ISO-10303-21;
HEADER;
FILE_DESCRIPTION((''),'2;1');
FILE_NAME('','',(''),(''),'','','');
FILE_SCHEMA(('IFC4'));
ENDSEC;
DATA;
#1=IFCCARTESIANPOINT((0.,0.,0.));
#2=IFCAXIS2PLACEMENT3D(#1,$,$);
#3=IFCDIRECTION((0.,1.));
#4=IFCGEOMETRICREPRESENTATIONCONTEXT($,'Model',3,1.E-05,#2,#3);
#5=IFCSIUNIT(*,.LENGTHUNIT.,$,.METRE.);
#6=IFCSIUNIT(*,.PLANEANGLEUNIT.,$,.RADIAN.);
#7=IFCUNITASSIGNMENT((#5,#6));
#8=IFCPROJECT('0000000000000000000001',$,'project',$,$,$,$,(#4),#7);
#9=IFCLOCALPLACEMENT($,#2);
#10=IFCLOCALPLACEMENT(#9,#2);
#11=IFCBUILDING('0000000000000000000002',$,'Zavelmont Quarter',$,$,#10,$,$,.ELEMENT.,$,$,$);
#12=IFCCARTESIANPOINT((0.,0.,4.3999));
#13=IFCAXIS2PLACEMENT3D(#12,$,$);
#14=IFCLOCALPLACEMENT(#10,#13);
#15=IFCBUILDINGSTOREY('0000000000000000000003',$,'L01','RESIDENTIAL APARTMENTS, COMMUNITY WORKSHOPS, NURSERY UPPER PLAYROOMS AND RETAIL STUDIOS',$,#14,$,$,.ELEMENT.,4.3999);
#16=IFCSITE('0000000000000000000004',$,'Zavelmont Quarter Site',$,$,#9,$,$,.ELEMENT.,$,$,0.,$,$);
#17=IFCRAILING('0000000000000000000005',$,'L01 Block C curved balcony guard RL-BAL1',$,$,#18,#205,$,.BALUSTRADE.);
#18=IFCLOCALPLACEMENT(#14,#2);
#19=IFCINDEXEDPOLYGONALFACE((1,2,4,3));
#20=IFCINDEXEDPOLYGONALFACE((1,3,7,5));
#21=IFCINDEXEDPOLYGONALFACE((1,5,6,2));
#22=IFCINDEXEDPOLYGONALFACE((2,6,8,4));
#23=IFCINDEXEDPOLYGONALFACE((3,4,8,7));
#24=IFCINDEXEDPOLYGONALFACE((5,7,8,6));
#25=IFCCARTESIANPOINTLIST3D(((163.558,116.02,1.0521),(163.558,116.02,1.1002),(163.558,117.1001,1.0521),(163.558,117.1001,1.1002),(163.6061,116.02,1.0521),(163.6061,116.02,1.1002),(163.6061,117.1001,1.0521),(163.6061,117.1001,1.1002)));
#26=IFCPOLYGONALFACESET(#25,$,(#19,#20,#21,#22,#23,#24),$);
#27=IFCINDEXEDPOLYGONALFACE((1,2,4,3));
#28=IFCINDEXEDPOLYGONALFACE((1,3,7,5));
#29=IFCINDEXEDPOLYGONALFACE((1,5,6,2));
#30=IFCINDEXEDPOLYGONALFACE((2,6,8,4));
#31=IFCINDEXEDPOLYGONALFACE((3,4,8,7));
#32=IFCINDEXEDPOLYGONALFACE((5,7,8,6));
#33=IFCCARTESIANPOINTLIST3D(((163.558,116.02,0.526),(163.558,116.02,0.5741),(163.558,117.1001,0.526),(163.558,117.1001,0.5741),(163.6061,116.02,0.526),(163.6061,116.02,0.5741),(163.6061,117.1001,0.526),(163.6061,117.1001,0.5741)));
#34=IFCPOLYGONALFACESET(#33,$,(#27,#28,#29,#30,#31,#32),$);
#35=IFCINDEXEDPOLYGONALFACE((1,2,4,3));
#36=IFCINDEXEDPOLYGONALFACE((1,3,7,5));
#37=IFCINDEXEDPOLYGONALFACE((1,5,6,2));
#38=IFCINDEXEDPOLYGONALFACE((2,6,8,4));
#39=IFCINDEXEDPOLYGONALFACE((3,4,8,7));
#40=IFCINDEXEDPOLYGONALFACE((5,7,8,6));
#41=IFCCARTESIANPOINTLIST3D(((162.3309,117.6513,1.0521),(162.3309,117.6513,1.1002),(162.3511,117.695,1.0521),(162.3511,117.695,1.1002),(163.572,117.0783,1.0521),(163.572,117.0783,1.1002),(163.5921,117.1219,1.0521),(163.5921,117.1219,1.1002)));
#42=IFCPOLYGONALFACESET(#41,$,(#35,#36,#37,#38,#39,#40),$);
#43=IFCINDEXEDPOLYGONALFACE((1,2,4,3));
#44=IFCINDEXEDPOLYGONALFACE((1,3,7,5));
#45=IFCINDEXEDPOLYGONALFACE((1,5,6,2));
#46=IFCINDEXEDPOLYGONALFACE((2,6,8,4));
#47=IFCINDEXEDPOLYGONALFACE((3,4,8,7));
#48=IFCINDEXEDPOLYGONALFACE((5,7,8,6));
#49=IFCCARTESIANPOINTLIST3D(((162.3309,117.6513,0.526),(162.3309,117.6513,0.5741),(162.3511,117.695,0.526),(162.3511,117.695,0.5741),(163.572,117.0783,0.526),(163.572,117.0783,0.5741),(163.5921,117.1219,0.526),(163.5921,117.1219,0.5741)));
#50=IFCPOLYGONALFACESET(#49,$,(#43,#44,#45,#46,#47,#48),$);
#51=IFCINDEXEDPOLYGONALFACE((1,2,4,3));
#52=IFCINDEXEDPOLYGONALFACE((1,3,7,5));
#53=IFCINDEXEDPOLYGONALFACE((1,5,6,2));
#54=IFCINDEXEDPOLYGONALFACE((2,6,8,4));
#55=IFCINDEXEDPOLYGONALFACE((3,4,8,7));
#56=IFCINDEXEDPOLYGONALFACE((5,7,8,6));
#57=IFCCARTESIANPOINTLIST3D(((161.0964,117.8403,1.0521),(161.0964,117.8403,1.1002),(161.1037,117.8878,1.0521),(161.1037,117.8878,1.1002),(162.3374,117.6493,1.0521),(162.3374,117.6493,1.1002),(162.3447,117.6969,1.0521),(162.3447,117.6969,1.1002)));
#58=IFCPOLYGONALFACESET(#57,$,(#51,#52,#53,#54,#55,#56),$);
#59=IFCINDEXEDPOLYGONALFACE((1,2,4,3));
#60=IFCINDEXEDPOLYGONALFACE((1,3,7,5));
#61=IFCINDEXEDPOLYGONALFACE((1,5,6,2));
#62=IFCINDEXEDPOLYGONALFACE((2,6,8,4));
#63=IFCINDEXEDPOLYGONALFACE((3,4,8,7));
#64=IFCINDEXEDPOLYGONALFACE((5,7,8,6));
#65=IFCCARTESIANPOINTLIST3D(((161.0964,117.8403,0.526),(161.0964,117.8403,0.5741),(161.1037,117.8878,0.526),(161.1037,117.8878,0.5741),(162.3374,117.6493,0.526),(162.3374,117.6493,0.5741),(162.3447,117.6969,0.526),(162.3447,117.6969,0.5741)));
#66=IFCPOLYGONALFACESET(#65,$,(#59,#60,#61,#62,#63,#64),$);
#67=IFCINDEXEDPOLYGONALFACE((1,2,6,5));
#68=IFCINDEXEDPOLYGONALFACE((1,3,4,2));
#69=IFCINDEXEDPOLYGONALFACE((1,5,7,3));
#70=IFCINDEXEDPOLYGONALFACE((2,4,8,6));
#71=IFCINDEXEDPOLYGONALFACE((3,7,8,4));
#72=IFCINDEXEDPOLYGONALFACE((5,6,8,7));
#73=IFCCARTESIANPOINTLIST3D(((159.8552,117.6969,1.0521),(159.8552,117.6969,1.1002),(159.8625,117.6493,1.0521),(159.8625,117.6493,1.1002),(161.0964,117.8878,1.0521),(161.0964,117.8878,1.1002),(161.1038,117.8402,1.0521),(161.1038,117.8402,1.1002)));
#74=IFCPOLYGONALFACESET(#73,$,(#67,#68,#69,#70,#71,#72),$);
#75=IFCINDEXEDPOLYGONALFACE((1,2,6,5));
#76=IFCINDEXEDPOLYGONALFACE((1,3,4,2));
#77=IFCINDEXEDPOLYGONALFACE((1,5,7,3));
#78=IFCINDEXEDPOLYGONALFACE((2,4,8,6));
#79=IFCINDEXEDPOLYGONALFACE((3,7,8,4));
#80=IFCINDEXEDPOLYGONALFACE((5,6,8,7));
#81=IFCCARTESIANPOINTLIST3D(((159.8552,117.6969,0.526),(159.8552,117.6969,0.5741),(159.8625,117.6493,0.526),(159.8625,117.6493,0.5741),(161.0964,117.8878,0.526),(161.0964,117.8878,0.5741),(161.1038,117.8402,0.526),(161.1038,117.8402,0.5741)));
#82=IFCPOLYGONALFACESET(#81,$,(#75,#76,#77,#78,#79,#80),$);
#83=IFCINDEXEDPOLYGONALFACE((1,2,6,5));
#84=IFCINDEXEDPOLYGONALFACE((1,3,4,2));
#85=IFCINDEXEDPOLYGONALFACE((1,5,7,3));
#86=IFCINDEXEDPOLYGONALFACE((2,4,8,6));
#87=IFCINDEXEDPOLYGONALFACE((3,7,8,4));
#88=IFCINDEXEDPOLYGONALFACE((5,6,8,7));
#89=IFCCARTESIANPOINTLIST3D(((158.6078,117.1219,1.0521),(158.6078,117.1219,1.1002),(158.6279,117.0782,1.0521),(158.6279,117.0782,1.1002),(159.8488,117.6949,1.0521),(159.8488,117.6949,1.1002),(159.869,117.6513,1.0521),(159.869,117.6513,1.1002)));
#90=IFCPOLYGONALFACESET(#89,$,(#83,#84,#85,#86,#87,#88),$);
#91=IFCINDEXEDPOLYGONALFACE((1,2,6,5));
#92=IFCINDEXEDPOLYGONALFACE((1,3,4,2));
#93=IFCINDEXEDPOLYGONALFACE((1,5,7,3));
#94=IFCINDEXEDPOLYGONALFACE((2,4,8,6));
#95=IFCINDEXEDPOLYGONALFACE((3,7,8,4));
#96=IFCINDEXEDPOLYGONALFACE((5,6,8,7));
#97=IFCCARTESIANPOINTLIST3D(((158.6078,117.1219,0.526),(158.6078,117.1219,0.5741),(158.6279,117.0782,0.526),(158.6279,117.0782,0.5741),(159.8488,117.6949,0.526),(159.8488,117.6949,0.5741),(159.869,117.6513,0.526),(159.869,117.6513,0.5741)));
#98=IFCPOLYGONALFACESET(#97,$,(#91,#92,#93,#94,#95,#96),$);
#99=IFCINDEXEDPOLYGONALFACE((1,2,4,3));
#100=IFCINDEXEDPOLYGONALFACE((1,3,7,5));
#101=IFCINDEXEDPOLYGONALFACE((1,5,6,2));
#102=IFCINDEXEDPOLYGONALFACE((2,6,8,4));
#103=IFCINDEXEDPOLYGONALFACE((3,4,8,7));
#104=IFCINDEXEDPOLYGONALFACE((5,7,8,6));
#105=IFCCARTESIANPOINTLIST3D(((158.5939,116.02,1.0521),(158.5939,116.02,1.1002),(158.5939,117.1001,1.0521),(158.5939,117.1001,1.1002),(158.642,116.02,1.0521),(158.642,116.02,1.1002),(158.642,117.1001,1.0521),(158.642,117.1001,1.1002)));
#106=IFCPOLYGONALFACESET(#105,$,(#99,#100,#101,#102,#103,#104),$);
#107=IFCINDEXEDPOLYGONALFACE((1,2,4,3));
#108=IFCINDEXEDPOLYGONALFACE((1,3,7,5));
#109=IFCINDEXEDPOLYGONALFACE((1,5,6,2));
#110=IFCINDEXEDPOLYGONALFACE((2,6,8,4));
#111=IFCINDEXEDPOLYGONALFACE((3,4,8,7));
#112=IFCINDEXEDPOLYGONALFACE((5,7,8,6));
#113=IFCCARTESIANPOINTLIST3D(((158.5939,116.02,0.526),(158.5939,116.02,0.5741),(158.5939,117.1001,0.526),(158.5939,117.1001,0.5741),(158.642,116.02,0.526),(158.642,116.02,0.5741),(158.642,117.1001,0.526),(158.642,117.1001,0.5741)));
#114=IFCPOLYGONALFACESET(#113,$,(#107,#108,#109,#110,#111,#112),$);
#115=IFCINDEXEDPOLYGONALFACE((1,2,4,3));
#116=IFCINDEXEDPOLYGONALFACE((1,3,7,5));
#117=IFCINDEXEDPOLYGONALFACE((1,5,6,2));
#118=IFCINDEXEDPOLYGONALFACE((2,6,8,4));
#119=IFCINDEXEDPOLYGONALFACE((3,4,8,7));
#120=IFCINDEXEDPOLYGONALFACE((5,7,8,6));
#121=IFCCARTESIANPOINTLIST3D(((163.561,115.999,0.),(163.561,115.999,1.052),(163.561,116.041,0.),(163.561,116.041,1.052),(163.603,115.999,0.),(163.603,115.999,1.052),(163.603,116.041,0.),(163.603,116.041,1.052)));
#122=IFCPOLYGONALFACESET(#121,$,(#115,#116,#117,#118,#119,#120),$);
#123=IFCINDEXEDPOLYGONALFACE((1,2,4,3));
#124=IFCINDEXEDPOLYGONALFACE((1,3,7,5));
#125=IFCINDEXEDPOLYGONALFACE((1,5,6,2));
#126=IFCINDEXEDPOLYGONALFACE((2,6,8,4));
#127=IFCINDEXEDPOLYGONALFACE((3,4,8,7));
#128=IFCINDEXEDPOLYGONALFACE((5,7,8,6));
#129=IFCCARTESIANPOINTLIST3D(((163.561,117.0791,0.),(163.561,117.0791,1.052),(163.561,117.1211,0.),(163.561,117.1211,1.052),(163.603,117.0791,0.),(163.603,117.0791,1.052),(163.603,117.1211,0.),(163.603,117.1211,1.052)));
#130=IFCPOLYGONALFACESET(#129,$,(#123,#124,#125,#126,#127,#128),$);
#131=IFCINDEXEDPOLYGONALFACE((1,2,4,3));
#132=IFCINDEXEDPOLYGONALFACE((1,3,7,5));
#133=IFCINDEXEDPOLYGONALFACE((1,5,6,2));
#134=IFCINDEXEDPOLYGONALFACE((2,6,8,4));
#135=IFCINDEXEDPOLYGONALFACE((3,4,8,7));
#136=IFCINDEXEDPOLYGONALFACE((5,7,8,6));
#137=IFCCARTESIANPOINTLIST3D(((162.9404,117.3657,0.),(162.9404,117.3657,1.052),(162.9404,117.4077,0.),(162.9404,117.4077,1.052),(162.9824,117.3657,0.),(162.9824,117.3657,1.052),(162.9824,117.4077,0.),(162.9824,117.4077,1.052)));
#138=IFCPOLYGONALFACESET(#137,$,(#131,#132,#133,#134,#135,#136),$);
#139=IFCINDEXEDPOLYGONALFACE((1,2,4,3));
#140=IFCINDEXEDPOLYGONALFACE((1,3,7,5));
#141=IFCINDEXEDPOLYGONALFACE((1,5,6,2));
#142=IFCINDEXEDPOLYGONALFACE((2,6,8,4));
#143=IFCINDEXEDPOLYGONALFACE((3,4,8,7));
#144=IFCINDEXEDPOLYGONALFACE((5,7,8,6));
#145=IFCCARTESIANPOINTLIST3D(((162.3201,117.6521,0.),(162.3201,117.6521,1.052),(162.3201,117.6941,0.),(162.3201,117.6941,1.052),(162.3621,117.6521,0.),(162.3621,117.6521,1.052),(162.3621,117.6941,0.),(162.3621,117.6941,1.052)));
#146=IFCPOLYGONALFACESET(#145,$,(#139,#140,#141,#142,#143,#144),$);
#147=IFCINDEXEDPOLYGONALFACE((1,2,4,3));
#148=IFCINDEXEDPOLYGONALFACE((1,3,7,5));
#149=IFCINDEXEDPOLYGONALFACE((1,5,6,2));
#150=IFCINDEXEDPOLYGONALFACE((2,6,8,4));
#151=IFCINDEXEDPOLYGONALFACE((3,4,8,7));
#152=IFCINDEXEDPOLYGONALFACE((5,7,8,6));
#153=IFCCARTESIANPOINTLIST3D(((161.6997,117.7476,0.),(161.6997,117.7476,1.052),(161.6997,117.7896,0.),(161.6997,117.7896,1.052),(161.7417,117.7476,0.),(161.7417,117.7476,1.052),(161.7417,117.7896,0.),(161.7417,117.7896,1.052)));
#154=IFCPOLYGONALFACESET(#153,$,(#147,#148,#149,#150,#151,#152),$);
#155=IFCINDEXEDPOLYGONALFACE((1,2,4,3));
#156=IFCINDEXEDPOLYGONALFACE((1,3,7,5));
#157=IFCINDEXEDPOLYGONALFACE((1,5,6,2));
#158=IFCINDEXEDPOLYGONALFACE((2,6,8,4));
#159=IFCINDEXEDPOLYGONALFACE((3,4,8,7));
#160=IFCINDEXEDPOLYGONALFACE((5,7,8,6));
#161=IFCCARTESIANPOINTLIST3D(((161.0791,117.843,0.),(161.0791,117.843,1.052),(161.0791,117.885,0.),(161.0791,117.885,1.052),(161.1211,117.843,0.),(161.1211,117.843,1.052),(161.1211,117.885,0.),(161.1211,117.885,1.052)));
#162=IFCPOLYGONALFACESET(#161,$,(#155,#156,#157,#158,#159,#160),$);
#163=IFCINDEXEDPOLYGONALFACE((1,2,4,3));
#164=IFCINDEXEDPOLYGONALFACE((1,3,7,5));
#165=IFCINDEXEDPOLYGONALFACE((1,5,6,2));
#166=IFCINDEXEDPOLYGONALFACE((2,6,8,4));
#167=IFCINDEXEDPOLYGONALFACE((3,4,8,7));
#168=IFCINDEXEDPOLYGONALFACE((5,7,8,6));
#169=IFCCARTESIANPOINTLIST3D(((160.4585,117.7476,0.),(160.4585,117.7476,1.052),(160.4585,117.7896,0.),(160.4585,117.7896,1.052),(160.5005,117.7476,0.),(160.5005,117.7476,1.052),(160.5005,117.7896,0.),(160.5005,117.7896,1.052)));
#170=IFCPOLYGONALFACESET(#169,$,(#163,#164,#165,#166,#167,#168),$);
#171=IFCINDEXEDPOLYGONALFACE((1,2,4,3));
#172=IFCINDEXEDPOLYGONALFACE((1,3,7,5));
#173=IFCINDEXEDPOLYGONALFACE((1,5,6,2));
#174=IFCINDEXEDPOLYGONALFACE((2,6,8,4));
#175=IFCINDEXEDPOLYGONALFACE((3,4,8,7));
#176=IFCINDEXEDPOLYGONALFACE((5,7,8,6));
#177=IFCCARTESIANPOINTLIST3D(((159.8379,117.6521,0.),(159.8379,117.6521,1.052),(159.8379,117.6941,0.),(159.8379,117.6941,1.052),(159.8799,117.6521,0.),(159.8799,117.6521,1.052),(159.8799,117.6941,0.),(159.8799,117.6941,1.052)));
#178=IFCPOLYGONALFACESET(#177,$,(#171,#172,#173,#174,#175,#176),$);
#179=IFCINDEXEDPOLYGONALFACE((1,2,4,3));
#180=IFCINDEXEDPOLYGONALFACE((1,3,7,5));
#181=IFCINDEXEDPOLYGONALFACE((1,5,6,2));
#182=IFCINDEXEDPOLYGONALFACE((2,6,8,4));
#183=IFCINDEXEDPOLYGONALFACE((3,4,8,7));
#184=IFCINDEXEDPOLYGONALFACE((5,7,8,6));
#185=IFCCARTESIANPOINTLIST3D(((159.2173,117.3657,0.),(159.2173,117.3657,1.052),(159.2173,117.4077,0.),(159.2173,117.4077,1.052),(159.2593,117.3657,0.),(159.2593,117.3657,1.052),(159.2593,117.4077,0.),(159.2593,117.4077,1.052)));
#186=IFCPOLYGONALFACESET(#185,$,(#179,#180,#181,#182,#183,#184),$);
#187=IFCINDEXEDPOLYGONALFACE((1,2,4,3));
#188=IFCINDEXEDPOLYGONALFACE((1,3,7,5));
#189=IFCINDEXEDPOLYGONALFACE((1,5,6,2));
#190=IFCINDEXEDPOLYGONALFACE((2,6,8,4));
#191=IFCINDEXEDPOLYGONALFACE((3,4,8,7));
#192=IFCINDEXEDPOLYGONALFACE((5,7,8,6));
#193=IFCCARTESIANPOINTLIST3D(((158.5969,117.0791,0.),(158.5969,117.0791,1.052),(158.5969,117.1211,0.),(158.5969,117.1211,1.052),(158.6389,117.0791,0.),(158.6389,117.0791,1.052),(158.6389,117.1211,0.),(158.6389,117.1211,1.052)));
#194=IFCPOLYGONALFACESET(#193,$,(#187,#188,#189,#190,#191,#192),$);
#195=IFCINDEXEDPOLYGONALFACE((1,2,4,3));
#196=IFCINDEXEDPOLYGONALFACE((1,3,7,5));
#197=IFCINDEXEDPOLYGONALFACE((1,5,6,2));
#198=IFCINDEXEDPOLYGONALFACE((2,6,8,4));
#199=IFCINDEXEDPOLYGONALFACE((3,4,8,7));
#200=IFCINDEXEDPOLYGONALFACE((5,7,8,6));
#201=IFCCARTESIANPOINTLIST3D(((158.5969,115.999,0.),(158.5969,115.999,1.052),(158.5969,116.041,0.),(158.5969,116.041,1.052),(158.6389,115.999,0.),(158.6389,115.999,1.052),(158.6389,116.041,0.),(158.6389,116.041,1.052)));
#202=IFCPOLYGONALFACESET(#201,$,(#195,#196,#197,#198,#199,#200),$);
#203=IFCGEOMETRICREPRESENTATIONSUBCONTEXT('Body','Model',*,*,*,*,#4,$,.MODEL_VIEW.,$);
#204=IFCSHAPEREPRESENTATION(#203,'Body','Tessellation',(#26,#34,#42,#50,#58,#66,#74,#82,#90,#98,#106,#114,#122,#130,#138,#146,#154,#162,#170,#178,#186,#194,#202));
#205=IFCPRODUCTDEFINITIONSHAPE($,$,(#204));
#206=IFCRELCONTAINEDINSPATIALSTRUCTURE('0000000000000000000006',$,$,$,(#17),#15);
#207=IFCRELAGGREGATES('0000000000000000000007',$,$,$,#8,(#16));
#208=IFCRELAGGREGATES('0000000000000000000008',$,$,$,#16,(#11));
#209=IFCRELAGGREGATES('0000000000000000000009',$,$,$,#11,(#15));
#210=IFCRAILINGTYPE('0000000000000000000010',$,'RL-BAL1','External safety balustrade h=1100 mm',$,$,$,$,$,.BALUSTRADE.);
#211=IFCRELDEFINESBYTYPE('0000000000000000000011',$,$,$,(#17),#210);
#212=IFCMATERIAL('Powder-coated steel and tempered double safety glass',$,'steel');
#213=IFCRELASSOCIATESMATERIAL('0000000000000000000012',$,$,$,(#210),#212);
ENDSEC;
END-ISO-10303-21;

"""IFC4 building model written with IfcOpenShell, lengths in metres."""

from ifc_helpers import new_model, si_unit, direction, frame, origin, origin_2d, place, context, subcontext, project, spatial, rectangle, extrude, material, type_object, element, save


model = new_model("IFC4")

# Units and contexts
model_context = context("Model", 3, precision=1e-05, world=origin(), true_north=direction((0.0, 1.0)))
body_context = subcontext(model_context, "Body", "Model", "MODEL_VIEW")
ifc_project = project(units=[si_unit("LENGTHUNIT", "METRE"), si_unit("PLANEANGLEUNIT", "RADIAN")], contexts=[model_context])

# Site, building, storey
site_placement = place(None, origin())
site = spatial("IfcSite", under=ifc_project, at=site_placement, Name="Zavelmont Quarter Site", CompositionType="ELEMENT", RefElevation=0.0)
building_placement = place(site_placement, origin())
building = spatial("IfcBuilding", under=site, at=building_placement, Name="Zavelmont Quarter", CompositionType="ELEMENT")
storey_placement = place(building_placement, frame((0.0, 0.0, 4.3999)))
storey = spatial("IfcBuildingStorey", under=building, at=storey_placement, Name="L01", Description="RESIDENTIAL APARTMENTS, COMMUNITY WORKSHOPS, NURSERY UPPER PLAYROOMS AND RETAIL STUDIOS", CompositionType="ELEMENT", Elevation=4.3999)

# Railing
ifc_material_1 = material(Name="Powder-coated steel and tempered double safety glass", Category="steel")
railing_type = type_object("IfcRailingType", Name="RL-BAL1", Description="External safety balustrade h=1100 mm", PredefinedType="BALUSTRADE", material=ifc_material_1)
railing_placement = place(storey_placement, frame((163.582, 116.02, 0.0)))
element("IfcRailing", 1, at=railing_placement, inside=storey, type_object=railing_type, Name="L01 Block C curved balcony guard RL-BAL1", PredefinedType="BALUSTRADE", context=body_context, shape_type="SweptSolid", body=[
    extrude(rectangle(XDim=0.0481, YDim=0.0481, at=origin_2d()), frame((0.0, 0.0, 1.0762), z_axis=(0.0, 1.0, 0.0), x_axis=(-1.0, 0.0, 0.0)), (0.0, 0.0, 1.0), 1.0801),
    extrude(rectangle(XDim=0.0481, YDim=0.0481, at=origin_2d()), frame((0.0, 0.0, 0.55), z_axis=(0.0, 1.0, 0.0), x_axis=(-1.0, 0.0, 0.0)), (0.0, 0.0, 1.0), 1.0801),
    extrude(rectangle(XDim=0.0481, YDim=0.0481, at=origin_2d()), frame((0.0, 1.0801, 1.0762), z_axis=(-0.907891, 0.419205, 0.0), x_axis=(-0.419205, -0.907891, 0.0)), (0.0, 0.0, 1.0), 1.3669),
    extrude(rectangle(XDim=0.0481, YDim=0.0481, at=origin_2d()), frame((0.0, 1.0801, 0.55), z_axis=(-0.907891, 0.419205, 0.0), x_axis=(-0.419205, -0.907891, 0.0)), (0.0, 0.0, 1.0), 1.3669),
    extrude(rectangle(XDim=0.0481, YDim=0.0481, at=origin_2d()), frame((-1.241, 1.6531, 1.0762), z_axis=(-0.988372, 0.152057, 0.0), x_axis=(-0.152057, -0.988372, 0.0)), (0.0, 0.0, 1.0), 1.2556),
    extrude(rectangle(XDim=0.0481, YDim=0.0481, at=origin_2d()), frame((-1.241, 1.6531, 0.55), z_axis=(-0.988372, 0.152057, 0.0), x_axis=(-0.152057, -0.988372, 0.0)), (0.0, 0.0, 1.0), 1.2556),
    extrude(rectangle(XDim=0.0481, YDim=0.0481, at=origin_2d()), frame((-2.4819, 1.844, 1.0762), z_axis=(-0.988376, -0.152028, 0.0), x_axis=(0.152028, -0.988376, 0.0)), (0.0, 0.0, 1.0), 1.2559),
    extrude(rectangle(XDim=0.0481, YDim=0.0481, at=origin_2d()), frame((-2.4819, 1.844, 0.55), z_axis=(-0.988376, -0.152028, 0.0), x_axis=(0.152028, -0.988376, 0.0)), (0.0, 0.0, 1.0), 1.2559),
    extrude(rectangle(XDim=0.0481, YDim=0.0481, at=origin_2d()), frame((-3.7231, 1.6531, 1.0762), z_axis=(-0.907891, -0.419205, 0.0), x_axis=(0.419205, -0.907891, 0.0)), (0.0, 0.0, 1.0), 1.3669),
    extrude(rectangle(XDim=0.0481, YDim=0.0481, at=origin_2d()), frame((-3.7231, 1.6531, 0.55), z_axis=(-0.907891, -0.419205, 0.0), x_axis=(0.419205, -0.907891, 0.0)), (0.0, 0.0, 1.0), 1.3669),
    extrude(rectangle(XDim=0.0481, YDim=0.0481, at=origin_2d()), frame((-4.9641, 1.0801, 1.0762), z_axis=(0.0, -1.0, 0.0), x_axis=(1.0, 0.0, 0.0)), (0.0, 0.0, 1.0), 1.0801),
    extrude(rectangle(XDim=0.0481, YDim=0.0481, at=origin_2d()), frame((-4.9641, 1.0801, 0.55), z_axis=(0.0, -1.0, 0.0), x_axis=(1.0, 0.0, 0.0)), (0.0, 0.0, 1.0), 1.0801),
    extrude(rectangle(XDim=0.042, YDim=0.042, at=origin_2d()), origin(), (0.0, 0.0, 1.0), 1.052),
    extrude(rectangle(XDim=0.042, YDim=0.042, at=origin_2d()), frame((0.0, 1.0801, 0.0)), (0.0, 0.0, 1.0), 1.052),
    extrude(rectangle(XDim=0.042, YDim=0.042, at=origin_2d()), frame((-0.6206, 1.3667, 0.0)), (0.0, 0.0, 1.0), 1.052),
    extrude(rectangle(XDim=0.042, YDim=0.042, at=origin_2d()), frame((-1.241, 1.6531, 0.0)), (0.0, 0.0, 1.0), 1.052),
    extrude(rectangle(XDim=0.042, YDim=0.042, at=origin_2d()), frame((-1.8613, 1.7485, 0.0)), (0.0, 0.0, 1.0), 1.052),
    extrude(rectangle(XDim=0.042, YDim=0.042, at=origin_2d()), frame((-2.4819, 1.844, 0.0)), (0.0, 0.0, 1.0), 1.052),
    extrude(rectangle(XDim=0.042, YDim=0.042, at=origin_2d()), frame((-3.1025, 1.7485, 0.0)), (0.0, 0.0, 1.0), 1.052),
    extrude(rectangle(XDim=0.042, YDim=0.042, at=origin_2d()), frame((-3.7231, 1.6531, 0.0)), (0.0, 0.0, 1.0), 1.052),
    extrude(rectangle(XDim=0.042, YDim=0.042, at=origin_2d()), frame((-4.3438, 1.3667, 0.0)), (0.0, 0.0, 1.0), 1.052),
    extrude(rectangle(XDim=0.042, YDim=0.042, at=origin_2d()), frame((-4.9641, 1.0801, 0.0)), (0.0, 0.0, 1.0), 1.052),
    extrude(rectangle(XDim=0.042, YDim=0.042, at=origin_2d()), frame((-4.9641, 0.0, 0.0)), (0.0, 0.0, 1.0), 1.052),
])

save(model, "model.ifc")
